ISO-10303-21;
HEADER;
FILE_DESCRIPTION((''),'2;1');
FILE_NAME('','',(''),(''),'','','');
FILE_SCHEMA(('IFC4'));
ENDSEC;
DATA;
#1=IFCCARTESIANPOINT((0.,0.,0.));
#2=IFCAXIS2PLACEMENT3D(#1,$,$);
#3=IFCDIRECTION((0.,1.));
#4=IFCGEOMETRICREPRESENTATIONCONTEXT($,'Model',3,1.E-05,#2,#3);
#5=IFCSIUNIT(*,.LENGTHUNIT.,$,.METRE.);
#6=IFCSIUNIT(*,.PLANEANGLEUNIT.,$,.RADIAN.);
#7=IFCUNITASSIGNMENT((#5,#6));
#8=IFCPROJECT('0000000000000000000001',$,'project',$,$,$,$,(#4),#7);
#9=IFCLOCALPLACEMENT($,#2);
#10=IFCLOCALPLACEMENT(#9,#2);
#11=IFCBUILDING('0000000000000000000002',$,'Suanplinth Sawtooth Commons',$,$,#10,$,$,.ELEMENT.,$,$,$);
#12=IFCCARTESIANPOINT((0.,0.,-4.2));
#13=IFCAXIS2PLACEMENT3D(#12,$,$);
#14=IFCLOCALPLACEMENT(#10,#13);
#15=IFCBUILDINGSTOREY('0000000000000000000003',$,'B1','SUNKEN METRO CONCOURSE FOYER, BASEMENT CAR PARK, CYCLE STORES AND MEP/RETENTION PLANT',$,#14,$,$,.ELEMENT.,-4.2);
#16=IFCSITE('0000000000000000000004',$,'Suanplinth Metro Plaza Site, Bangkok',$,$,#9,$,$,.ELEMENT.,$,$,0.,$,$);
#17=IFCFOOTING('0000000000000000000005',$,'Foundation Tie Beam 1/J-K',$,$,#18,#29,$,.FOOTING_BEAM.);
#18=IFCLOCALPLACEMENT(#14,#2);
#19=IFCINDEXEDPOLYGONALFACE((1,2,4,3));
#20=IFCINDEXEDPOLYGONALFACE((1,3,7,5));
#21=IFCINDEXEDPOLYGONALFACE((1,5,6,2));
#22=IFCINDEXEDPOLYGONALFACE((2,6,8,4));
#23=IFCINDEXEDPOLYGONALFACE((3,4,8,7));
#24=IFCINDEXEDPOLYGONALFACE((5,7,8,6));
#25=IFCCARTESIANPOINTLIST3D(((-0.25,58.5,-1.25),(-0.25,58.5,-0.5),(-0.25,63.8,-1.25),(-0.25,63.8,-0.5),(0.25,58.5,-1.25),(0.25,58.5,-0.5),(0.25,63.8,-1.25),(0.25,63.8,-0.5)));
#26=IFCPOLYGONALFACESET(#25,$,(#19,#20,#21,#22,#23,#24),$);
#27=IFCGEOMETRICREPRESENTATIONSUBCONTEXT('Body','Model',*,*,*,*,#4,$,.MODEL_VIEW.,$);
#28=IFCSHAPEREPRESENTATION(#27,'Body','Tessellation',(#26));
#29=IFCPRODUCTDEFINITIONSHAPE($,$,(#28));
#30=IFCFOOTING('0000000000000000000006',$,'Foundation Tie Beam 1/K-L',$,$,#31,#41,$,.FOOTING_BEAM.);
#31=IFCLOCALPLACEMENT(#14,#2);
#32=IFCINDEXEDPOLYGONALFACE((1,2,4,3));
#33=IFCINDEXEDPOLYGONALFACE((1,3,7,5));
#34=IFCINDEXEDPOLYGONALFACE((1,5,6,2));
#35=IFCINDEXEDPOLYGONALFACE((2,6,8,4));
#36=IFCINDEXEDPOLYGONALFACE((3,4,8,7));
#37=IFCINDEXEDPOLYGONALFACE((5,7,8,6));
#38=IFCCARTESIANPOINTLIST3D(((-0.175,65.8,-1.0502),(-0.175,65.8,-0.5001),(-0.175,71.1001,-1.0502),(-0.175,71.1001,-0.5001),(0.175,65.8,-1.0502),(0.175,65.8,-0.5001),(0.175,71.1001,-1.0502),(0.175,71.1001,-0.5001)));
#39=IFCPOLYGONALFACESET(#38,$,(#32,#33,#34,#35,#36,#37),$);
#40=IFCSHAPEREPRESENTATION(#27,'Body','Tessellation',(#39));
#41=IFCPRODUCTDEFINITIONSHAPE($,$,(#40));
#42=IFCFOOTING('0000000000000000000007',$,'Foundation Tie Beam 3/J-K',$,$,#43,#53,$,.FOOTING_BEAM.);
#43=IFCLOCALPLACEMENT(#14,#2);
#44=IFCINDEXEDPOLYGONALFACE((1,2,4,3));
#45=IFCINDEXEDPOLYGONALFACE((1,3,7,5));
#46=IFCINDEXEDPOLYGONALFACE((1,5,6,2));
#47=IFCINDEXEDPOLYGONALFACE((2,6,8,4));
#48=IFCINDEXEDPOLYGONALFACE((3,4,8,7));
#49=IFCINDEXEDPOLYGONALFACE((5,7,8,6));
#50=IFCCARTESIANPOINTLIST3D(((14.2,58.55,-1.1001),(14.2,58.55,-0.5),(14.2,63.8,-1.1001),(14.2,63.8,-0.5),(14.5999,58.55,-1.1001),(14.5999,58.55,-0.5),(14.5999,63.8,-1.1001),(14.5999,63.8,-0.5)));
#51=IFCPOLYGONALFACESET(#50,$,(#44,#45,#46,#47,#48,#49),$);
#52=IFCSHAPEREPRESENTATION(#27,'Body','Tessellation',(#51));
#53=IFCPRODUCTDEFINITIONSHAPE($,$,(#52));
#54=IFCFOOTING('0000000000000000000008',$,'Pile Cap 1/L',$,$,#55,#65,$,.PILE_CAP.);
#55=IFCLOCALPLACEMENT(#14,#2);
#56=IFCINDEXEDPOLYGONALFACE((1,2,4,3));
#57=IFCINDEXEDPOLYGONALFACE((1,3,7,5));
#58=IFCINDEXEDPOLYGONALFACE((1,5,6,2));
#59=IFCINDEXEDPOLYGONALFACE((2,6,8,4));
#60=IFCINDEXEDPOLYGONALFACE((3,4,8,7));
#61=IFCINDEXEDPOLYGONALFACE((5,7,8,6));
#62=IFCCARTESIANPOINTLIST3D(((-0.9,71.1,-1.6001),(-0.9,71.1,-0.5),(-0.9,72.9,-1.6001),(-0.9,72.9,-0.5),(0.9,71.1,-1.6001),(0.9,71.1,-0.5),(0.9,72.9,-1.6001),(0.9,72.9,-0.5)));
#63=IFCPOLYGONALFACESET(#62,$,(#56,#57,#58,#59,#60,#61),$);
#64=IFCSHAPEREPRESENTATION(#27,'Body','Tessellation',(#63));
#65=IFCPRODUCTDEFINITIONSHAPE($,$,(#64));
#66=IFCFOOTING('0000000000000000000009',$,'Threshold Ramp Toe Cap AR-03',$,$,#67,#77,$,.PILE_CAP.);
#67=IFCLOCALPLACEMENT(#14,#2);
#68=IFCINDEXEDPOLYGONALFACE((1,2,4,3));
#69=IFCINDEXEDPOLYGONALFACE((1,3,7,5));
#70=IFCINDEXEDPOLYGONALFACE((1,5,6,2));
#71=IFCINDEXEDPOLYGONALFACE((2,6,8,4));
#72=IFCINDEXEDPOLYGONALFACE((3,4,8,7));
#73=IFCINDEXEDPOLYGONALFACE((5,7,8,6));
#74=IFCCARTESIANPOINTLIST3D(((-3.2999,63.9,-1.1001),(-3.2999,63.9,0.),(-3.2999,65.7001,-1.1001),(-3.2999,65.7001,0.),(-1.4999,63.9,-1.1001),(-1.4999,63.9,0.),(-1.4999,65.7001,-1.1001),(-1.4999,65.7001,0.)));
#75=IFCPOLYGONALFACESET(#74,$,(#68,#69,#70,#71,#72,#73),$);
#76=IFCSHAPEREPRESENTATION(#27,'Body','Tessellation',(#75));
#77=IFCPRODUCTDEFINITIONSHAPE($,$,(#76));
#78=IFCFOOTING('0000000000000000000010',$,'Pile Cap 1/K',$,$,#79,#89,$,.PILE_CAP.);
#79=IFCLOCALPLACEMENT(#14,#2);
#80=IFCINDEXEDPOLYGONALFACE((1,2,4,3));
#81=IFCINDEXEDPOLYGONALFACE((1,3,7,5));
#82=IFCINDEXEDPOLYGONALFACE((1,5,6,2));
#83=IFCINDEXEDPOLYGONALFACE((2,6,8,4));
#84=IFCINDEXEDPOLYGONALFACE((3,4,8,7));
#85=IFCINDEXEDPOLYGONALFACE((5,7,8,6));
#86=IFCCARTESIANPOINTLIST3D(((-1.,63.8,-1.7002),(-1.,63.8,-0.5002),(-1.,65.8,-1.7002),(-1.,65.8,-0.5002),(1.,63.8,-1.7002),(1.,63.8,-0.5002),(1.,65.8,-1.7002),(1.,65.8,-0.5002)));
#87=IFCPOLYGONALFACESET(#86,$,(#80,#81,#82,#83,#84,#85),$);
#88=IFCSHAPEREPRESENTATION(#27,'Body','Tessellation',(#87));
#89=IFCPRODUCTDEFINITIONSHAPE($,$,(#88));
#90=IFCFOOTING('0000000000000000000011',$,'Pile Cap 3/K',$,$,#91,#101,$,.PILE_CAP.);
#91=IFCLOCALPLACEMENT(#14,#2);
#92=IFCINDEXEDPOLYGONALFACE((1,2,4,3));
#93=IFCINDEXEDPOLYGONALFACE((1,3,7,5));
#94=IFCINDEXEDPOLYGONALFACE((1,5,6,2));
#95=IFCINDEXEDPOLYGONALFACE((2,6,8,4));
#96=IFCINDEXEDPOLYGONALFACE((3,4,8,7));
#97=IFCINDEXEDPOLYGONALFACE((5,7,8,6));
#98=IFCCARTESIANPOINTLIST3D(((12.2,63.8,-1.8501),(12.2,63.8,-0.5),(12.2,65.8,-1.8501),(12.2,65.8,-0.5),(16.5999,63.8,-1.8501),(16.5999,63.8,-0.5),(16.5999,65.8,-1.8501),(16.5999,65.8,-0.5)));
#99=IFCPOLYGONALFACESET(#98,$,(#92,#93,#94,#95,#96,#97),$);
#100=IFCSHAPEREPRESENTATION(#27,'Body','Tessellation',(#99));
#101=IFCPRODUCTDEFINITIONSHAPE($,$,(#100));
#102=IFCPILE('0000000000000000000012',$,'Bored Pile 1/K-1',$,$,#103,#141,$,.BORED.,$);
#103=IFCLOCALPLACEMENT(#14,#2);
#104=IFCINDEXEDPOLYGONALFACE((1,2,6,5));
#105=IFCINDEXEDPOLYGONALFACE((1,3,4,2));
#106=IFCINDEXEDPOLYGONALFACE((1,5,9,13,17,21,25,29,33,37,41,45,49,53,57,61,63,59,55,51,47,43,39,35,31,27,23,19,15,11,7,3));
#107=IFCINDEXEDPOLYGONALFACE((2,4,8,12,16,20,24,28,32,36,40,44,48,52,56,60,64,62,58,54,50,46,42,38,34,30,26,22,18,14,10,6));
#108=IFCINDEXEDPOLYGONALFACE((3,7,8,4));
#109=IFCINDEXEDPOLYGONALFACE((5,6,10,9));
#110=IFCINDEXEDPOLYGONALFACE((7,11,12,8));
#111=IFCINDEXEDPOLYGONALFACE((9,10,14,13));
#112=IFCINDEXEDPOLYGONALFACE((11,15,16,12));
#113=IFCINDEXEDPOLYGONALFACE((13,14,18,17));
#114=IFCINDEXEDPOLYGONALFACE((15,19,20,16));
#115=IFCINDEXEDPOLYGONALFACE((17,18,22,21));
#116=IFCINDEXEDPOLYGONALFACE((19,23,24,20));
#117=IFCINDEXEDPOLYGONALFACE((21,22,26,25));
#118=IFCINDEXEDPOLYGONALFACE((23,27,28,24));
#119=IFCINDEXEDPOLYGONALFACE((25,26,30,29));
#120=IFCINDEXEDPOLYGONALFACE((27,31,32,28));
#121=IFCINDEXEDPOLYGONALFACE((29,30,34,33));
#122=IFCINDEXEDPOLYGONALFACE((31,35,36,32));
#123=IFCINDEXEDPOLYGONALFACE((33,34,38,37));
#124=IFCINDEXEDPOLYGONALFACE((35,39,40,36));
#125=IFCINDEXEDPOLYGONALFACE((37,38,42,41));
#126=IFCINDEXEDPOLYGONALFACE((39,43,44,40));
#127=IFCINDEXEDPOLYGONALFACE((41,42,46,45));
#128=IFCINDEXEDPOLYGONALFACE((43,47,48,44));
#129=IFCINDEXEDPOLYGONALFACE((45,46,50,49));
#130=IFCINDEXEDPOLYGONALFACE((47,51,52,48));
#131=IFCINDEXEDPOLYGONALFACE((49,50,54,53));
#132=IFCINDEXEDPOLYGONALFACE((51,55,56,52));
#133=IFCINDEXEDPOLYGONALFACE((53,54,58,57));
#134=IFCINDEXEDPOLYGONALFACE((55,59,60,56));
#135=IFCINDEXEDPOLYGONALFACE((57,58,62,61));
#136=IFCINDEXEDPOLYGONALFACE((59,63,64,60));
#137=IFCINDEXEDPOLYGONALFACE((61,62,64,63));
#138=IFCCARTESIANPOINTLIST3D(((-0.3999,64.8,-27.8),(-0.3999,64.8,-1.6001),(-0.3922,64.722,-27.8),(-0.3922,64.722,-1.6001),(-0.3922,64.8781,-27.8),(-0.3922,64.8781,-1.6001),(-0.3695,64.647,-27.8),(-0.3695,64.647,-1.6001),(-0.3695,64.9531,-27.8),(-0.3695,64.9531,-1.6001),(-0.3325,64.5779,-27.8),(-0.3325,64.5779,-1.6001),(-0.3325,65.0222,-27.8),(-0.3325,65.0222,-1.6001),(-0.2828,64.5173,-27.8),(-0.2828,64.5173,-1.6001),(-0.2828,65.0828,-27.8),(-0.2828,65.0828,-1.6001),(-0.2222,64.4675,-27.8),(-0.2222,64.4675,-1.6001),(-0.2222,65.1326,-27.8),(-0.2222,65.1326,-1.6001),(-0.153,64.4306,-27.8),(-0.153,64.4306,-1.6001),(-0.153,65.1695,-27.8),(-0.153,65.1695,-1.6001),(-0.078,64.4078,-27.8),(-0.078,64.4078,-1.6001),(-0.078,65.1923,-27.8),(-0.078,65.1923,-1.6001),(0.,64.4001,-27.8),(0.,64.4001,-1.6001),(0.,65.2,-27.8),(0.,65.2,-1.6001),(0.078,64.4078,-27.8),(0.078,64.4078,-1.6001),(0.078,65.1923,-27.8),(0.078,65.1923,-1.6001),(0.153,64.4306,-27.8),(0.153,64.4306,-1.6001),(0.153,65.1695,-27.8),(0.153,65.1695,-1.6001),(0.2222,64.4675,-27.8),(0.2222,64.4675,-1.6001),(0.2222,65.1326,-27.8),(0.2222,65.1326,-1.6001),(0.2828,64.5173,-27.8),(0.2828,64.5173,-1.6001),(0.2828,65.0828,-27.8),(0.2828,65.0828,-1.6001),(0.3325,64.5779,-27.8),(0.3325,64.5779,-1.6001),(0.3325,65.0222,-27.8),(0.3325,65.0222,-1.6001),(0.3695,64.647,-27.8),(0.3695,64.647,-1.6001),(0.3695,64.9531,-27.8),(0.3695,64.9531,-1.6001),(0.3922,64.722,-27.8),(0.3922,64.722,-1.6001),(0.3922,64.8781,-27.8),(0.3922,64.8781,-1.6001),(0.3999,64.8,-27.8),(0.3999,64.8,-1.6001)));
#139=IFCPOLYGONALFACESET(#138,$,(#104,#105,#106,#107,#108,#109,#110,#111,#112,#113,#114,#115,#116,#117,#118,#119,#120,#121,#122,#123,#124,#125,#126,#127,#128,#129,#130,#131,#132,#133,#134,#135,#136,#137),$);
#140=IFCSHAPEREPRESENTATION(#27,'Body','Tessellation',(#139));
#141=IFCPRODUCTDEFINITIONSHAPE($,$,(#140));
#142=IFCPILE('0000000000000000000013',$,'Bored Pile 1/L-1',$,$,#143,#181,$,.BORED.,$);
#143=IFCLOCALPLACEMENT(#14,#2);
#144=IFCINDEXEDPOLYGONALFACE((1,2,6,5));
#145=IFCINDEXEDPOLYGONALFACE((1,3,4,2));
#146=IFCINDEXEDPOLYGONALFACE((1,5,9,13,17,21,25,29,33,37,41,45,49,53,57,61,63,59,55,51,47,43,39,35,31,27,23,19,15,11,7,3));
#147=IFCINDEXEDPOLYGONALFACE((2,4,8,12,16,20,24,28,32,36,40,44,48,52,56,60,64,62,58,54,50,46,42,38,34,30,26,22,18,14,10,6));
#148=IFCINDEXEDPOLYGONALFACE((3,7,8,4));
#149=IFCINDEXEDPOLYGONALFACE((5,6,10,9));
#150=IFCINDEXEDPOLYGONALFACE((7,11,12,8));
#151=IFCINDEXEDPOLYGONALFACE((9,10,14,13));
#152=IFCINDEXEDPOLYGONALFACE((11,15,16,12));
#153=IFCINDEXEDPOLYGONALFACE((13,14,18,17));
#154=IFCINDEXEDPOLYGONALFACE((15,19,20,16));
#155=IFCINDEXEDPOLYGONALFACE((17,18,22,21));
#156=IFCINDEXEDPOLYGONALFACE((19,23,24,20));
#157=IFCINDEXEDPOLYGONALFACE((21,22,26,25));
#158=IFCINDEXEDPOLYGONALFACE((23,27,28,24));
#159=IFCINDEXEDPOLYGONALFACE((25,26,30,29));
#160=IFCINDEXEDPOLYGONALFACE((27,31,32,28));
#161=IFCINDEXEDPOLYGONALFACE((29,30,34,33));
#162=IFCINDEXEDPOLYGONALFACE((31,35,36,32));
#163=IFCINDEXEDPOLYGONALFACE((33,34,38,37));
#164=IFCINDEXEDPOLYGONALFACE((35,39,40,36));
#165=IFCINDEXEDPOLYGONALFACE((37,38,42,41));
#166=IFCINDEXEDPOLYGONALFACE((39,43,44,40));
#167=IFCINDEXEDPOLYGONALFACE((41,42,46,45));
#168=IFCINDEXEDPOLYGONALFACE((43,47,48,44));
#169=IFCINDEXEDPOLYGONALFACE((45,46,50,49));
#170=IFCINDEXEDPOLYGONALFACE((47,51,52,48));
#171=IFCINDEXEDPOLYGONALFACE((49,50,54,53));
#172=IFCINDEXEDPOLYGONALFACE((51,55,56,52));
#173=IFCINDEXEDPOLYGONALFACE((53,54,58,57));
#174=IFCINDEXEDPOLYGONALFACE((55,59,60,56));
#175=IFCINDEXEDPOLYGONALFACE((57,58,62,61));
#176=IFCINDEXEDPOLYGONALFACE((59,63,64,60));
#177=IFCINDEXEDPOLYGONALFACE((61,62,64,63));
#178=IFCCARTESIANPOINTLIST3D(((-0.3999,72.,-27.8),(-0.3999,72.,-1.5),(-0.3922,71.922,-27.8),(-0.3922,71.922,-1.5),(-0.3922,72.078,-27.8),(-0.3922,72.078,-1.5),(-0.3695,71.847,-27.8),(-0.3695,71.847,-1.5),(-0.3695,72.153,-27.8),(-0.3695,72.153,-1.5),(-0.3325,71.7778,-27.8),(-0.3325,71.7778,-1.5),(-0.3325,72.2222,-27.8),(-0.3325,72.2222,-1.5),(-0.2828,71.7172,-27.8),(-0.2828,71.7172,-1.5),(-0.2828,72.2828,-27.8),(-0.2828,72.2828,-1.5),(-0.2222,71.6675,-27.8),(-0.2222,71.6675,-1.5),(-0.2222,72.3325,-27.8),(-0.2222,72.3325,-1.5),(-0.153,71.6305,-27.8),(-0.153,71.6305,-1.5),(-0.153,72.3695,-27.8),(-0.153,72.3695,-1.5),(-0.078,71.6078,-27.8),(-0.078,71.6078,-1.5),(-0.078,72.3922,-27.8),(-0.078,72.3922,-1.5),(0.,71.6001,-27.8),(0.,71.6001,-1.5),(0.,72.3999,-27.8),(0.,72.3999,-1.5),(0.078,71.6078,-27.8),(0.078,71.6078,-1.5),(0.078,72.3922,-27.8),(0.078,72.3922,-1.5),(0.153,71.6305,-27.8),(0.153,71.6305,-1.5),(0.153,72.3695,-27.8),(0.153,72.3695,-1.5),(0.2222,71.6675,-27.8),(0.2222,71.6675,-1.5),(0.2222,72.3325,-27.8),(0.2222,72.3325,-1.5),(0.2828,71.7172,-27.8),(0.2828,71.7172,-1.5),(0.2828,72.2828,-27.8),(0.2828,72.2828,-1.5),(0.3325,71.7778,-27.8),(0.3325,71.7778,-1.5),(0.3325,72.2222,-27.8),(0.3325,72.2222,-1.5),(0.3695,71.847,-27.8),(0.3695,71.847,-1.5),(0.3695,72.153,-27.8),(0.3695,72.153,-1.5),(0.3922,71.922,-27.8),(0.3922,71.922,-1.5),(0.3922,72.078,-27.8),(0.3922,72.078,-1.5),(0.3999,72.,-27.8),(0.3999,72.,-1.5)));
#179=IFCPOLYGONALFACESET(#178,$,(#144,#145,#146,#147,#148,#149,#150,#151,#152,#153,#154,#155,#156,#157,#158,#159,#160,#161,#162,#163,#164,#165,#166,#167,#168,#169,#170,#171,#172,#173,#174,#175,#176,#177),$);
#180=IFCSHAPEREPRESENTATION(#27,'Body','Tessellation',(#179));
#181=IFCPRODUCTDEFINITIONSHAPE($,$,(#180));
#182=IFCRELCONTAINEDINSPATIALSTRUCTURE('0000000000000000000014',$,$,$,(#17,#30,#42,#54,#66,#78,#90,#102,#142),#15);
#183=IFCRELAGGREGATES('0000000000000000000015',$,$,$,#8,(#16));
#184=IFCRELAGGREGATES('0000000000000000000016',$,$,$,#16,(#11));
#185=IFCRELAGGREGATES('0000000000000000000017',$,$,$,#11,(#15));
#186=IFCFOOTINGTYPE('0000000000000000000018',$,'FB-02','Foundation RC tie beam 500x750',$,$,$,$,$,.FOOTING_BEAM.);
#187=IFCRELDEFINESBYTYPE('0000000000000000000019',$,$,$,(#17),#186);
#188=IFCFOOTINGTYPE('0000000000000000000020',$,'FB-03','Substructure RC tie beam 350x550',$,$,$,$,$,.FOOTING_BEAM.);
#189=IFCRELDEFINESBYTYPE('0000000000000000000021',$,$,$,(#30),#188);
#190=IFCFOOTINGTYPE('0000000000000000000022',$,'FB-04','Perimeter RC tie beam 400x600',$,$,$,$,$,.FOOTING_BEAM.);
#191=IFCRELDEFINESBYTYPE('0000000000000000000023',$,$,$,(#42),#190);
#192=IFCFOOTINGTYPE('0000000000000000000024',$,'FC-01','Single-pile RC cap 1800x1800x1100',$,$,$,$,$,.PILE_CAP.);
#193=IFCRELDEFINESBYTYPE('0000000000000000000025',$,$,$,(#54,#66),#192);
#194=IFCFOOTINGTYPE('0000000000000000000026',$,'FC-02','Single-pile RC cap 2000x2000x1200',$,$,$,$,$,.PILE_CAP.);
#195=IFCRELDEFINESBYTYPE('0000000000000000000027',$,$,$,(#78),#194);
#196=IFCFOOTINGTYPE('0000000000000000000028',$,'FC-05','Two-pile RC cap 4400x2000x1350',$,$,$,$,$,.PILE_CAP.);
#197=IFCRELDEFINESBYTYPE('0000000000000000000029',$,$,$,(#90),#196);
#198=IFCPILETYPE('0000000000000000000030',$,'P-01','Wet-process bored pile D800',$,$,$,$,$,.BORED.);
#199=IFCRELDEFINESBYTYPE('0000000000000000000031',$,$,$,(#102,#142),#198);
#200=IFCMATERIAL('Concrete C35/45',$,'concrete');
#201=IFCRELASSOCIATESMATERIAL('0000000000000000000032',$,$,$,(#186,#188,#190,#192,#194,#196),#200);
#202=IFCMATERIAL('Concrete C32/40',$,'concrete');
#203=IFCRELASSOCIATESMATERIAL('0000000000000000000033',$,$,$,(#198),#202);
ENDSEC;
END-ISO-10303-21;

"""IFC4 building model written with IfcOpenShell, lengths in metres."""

from ifc_helpers import new_model, si_unit, direction, frame, origin, origin_2d, place, context, subcontext, project, spatial, rectangle, circle, extrude, material, material_profile, profile_set, type_object, element, save


model = new_model("IFC4")

# Units and contexts
model_context = context("Model", 3, precision=1e-05, world=origin(), true_north=direction((0.0, 1.0)))
body_context = subcontext(model_context, "Body", "Model", "MODEL_VIEW")
ifc_project = project(units=[si_unit("LENGTHUNIT", "METRE"), si_unit("PLANEANGLEUNIT", "RADIAN")], contexts=[model_context])

# Site, building, storey
site_placement = place(None, origin())
site = spatial("IfcSite", under=ifc_project, at=site_placement, Name="Suanplinth Metro Plaza Site, Bangkok", CompositionType="ELEMENT", RefElevation=0.0)
building_placement = place(site_placement, origin())
building = spatial("IfcBuilding", under=site, at=building_placement, Name="Suanplinth Sawtooth Commons", CompositionType="ELEMENT")
storey_placement = place(building_placement, frame((0.0, 0.0, -4.2)))
storey = spatial("IfcBuildingStorey", under=building, at=storey_placement, Name="B1", Description="SUNKEN METRO CONCOURSE FOYER, BASEMENT CAR PARK, CYCLE STORES AND MEP/RETENTION PLANT", CompositionType="ELEMENT", Elevation=-4.2)

# Footings
ifc_material_1 = material(Name="Concrete C35/45", Category="concrete")
ifc_material_profile_1 = material_profile(ifc_material_1, rectangle(XDim=0.5, YDim=0.75, at=origin_2d()), Name="RC-GDR 500x750")
ifc_profile_set_1 = profile_set([ifc_material_profile_1], Name="Concrete C35/45")
footing_type_1 = type_object("IfcFootingType", Name="FB-02", Description="Foundation RC tie beam 500x750", PredefinedType="FOOTING_BEAM", material=ifc_profile_set_1)
footing_1_placement = place(storey_placement, frame((0.0, 58.5, -0.875), z_axis=(0.0, 1.0, 0.0), x_axis=(-1.0, 0.0, 0.0)))
element("IfcFooting", 1, at=footing_1_placement, inside=storey, type_object=footing_type_1, Name="Foundation Tie Beam 1/J-K", PredefinedType="FOOTING_BEAM", context=body_context, shape_type="SweptSolid", body=[
    extrude(rectangle(XDim=0.5, YDim=0.75, at=origin_2d()), origin(), (0.0, 0.0, 1.0), 5.3),
])
ifc_material_profile_2 = material_profile(ifc_material_1, rectangle(XDim=0.3501, YDim=0.55, at=origin_2d()), Name="PC-BM 350x550")
ifc_profile_set_2 = profile_set([ifc_material_profile_2], Name="Concrete C35/45")
footing_type_2 = type_object("IfcFootingType", Name="FB-03", Description="Substructure RC tie beam 350x550", PredefinedType="FOOTING_BEAM", material=ifc_profile_set_2)
footing_2_placement = place(storey_placement, frame((0.0, 65.8, -0.7751), z_axis=(0.0, 1.0, 0.0), x_axis=(-1.0, 0.0, 0.0)))
element("IfcFooting", 2, at=footing_2_placement, inside=storey, type_object=footing_type_2, Name="Foundation Tie Beam 1/K-L", PredefinedType="FOOTING_BEAM", context=body_context, shape_type="SweptSolid", body=[
    extrude(rectangle(XDim=0.3501, YDim=0.55, at=origin_2d()), origin(), (0.0, 0.0, 1.0), 5.3),
])
ifc_material_profile_3 = material_profile(ifc_material_1, rectangle(XDim=0.3999, YDim=0.6001, at=origin_2d()), Name="PC-GDR 400x600")
ifc_profile_set_3 = profile_set([ifc_material_profile_3], Name="Concrete C35/45")
footing_type_3 = type_object("IfcFootingType", Name="FB-04", Description="Perimeter RC tie beam 400x600", PredefinedType="FOOTING_BEAM", material=ifc_profile_set_3)
footing_3_placement = place(storey_placement, frame((14.3999, 58.55, -0.8), z_axis=(0.0, 1.0, 0.0), x_axis=(-1.0, 0.0, 0.0)))
element("IfcFooting", 3, at=footing_3_placement, inside=storey, type_object=footing_type_3, Name="Foundation Tie Beam 3/J-K", PredefinedType="FOOTING_BEAM", context=body_context, shape_type="SweptSolid", body=[
    extrude(rectangle(XDim=0.3999, YDim=0.6001, at=origin_2d()), origin(), (0.0, 0.0, 1.0), 5.25),
])
footing_type_4 = type_object("IfcFootingType", Name="FC-01", Description="Single-pile RC cap 1800x1800x1100", PredefinedType="PILE_CAP", material=ifc_material_1)
for number, where, z_axis, x_axis, name in (
    (4, (0.0, 72.0, -1.6001), (0.0, 0.0, 1.0), (1.0, 0.0, 0.0), "Pile Cap 1/L"),
    (5, (-2.3999, 64.8, -1.1001), (0.0, 0.0, 1.0), (1.0, 0.0, 0.0), "Threshold Ramp Toe Cap AR-03"),
):
    element("IfcFooting", number, at=place(storey_placement, frame(where, z_axis=z_axis, x_axis=x_axis)), inside=storey, type_object=footing_type_4, Name=name, PredefinedType="PILE_CAP", context=body_context, shape_type="SweptSolid", body=[
        extrude(rectangle(XDim=1.8, YDim=1.8, at=origin_2d()), origin(), (0.0, 0.0, 1.0), 1.1001),
    ])
footing_type_5 = type_object("IfcFootingType", Name="FC-02", Description="Single-pile RC cap 2000x2000x1200", PredefinedType="PILE_CAP", material=ifc_material_1)
footing_4_placement = place(storey_placement, frame((0.0, 64.8, -1.7002), z_axis=(0.0, 0.0, 1.0), x_axis=(1.0, 0.0, 0.0)))
element("IfcFooting", 6, at=footing_4_placement, inside=storey, type_object=footing_type_5, Name="Pile Cap 1/K", PredefinedType="PILE_CAP", context=body_context, shape_type="SweptSolid", body=[
    extrude(rectangle(XDim=2.0, YDim=2.0, at=origin_2d()), origin(), (0.0, 0.0, 1.0), 1.2),
])
footing_type_6 = type_object("IfcFootingType", Name="FC-05", Description="Two-pile RC cap 4400x2000x1350", PredefinedType="PILE_CAP", material=ifc_material_1)
footing_5_placement = place(storey_placement, frame((14.3999, 64.8, -1.8501), z_axis=(0.0, 0.0, 1.0), x_axis=(1.0, 0.0, 0.0)))
element("IfcFooting", 7, at=footing_5_placement, inside=storey, type_object=footing_type_6, Name="Pile Cap 3/K", PredefinedType="PILE_CAP", context=body_context, shape_type="SweptSolid", body=[
    extrude(rectangle(XDim=4.3999, YDim=2.0, at=origin_2d()), origin(), (0.0, 0.0, 1.0), 1.3501),
])

# Piles
ifc_material_2 = material(Name="Concrete C32/40", Category="concrete")
ifc_material_profile_4 = material_profile(ifc_material_2, circle(Radius=0.3999, at=origin_2d()), Name="PILE D800")
ifc_profile_set_4 = profile_set([ifc_material_profile_4], Name="Concrete C32/40")
pile_type_1 = type_object("IfcPileType", Name="P-01", Description="Wet-process bored pile D800", PredefinedType="BORED", material=ifc_profile_set_4)
pile_1_placement = place(storey_placement, frame((0.0, 64.8, -1.6001), z_axis=(0.0, 0.0, -1.0), x_axis=(1.0, 0.0, 0.0)))
element("IfcPile", 8, at=pile_1_placement, inside=storey, type_object=pile_type_1, Name="Bored Pile 1/K-1", PredefinedType="BORED", context=body_context, shape_type="SweptSolid", body=[
    extrude(circle(Radius=0.3999, at=origin_2d()), origin(), (0.0, 0.0, 1.0), 26.2),
])
pile_2_placement = place(storey_placement, frame((0.0, 72.0, -1.5), z_axis=(0.0, 0.0, -1.0), x_axis=(1.0, 0.0, 0.0)))
element("IfcPile", 9, at=pile_2_placement, inside=storey, type_object=pile_type_1, Name="Bored Pile 1/L-1", PredefinedType="BORED", context=body_context, shape_type="SweptSolid", body=[
    extrude(circle(Radius=0.3999, at=origin_2d()), origin(), (0.0, 0.0, 1.0), 26.3),
])

save(model, "model.ifc")
